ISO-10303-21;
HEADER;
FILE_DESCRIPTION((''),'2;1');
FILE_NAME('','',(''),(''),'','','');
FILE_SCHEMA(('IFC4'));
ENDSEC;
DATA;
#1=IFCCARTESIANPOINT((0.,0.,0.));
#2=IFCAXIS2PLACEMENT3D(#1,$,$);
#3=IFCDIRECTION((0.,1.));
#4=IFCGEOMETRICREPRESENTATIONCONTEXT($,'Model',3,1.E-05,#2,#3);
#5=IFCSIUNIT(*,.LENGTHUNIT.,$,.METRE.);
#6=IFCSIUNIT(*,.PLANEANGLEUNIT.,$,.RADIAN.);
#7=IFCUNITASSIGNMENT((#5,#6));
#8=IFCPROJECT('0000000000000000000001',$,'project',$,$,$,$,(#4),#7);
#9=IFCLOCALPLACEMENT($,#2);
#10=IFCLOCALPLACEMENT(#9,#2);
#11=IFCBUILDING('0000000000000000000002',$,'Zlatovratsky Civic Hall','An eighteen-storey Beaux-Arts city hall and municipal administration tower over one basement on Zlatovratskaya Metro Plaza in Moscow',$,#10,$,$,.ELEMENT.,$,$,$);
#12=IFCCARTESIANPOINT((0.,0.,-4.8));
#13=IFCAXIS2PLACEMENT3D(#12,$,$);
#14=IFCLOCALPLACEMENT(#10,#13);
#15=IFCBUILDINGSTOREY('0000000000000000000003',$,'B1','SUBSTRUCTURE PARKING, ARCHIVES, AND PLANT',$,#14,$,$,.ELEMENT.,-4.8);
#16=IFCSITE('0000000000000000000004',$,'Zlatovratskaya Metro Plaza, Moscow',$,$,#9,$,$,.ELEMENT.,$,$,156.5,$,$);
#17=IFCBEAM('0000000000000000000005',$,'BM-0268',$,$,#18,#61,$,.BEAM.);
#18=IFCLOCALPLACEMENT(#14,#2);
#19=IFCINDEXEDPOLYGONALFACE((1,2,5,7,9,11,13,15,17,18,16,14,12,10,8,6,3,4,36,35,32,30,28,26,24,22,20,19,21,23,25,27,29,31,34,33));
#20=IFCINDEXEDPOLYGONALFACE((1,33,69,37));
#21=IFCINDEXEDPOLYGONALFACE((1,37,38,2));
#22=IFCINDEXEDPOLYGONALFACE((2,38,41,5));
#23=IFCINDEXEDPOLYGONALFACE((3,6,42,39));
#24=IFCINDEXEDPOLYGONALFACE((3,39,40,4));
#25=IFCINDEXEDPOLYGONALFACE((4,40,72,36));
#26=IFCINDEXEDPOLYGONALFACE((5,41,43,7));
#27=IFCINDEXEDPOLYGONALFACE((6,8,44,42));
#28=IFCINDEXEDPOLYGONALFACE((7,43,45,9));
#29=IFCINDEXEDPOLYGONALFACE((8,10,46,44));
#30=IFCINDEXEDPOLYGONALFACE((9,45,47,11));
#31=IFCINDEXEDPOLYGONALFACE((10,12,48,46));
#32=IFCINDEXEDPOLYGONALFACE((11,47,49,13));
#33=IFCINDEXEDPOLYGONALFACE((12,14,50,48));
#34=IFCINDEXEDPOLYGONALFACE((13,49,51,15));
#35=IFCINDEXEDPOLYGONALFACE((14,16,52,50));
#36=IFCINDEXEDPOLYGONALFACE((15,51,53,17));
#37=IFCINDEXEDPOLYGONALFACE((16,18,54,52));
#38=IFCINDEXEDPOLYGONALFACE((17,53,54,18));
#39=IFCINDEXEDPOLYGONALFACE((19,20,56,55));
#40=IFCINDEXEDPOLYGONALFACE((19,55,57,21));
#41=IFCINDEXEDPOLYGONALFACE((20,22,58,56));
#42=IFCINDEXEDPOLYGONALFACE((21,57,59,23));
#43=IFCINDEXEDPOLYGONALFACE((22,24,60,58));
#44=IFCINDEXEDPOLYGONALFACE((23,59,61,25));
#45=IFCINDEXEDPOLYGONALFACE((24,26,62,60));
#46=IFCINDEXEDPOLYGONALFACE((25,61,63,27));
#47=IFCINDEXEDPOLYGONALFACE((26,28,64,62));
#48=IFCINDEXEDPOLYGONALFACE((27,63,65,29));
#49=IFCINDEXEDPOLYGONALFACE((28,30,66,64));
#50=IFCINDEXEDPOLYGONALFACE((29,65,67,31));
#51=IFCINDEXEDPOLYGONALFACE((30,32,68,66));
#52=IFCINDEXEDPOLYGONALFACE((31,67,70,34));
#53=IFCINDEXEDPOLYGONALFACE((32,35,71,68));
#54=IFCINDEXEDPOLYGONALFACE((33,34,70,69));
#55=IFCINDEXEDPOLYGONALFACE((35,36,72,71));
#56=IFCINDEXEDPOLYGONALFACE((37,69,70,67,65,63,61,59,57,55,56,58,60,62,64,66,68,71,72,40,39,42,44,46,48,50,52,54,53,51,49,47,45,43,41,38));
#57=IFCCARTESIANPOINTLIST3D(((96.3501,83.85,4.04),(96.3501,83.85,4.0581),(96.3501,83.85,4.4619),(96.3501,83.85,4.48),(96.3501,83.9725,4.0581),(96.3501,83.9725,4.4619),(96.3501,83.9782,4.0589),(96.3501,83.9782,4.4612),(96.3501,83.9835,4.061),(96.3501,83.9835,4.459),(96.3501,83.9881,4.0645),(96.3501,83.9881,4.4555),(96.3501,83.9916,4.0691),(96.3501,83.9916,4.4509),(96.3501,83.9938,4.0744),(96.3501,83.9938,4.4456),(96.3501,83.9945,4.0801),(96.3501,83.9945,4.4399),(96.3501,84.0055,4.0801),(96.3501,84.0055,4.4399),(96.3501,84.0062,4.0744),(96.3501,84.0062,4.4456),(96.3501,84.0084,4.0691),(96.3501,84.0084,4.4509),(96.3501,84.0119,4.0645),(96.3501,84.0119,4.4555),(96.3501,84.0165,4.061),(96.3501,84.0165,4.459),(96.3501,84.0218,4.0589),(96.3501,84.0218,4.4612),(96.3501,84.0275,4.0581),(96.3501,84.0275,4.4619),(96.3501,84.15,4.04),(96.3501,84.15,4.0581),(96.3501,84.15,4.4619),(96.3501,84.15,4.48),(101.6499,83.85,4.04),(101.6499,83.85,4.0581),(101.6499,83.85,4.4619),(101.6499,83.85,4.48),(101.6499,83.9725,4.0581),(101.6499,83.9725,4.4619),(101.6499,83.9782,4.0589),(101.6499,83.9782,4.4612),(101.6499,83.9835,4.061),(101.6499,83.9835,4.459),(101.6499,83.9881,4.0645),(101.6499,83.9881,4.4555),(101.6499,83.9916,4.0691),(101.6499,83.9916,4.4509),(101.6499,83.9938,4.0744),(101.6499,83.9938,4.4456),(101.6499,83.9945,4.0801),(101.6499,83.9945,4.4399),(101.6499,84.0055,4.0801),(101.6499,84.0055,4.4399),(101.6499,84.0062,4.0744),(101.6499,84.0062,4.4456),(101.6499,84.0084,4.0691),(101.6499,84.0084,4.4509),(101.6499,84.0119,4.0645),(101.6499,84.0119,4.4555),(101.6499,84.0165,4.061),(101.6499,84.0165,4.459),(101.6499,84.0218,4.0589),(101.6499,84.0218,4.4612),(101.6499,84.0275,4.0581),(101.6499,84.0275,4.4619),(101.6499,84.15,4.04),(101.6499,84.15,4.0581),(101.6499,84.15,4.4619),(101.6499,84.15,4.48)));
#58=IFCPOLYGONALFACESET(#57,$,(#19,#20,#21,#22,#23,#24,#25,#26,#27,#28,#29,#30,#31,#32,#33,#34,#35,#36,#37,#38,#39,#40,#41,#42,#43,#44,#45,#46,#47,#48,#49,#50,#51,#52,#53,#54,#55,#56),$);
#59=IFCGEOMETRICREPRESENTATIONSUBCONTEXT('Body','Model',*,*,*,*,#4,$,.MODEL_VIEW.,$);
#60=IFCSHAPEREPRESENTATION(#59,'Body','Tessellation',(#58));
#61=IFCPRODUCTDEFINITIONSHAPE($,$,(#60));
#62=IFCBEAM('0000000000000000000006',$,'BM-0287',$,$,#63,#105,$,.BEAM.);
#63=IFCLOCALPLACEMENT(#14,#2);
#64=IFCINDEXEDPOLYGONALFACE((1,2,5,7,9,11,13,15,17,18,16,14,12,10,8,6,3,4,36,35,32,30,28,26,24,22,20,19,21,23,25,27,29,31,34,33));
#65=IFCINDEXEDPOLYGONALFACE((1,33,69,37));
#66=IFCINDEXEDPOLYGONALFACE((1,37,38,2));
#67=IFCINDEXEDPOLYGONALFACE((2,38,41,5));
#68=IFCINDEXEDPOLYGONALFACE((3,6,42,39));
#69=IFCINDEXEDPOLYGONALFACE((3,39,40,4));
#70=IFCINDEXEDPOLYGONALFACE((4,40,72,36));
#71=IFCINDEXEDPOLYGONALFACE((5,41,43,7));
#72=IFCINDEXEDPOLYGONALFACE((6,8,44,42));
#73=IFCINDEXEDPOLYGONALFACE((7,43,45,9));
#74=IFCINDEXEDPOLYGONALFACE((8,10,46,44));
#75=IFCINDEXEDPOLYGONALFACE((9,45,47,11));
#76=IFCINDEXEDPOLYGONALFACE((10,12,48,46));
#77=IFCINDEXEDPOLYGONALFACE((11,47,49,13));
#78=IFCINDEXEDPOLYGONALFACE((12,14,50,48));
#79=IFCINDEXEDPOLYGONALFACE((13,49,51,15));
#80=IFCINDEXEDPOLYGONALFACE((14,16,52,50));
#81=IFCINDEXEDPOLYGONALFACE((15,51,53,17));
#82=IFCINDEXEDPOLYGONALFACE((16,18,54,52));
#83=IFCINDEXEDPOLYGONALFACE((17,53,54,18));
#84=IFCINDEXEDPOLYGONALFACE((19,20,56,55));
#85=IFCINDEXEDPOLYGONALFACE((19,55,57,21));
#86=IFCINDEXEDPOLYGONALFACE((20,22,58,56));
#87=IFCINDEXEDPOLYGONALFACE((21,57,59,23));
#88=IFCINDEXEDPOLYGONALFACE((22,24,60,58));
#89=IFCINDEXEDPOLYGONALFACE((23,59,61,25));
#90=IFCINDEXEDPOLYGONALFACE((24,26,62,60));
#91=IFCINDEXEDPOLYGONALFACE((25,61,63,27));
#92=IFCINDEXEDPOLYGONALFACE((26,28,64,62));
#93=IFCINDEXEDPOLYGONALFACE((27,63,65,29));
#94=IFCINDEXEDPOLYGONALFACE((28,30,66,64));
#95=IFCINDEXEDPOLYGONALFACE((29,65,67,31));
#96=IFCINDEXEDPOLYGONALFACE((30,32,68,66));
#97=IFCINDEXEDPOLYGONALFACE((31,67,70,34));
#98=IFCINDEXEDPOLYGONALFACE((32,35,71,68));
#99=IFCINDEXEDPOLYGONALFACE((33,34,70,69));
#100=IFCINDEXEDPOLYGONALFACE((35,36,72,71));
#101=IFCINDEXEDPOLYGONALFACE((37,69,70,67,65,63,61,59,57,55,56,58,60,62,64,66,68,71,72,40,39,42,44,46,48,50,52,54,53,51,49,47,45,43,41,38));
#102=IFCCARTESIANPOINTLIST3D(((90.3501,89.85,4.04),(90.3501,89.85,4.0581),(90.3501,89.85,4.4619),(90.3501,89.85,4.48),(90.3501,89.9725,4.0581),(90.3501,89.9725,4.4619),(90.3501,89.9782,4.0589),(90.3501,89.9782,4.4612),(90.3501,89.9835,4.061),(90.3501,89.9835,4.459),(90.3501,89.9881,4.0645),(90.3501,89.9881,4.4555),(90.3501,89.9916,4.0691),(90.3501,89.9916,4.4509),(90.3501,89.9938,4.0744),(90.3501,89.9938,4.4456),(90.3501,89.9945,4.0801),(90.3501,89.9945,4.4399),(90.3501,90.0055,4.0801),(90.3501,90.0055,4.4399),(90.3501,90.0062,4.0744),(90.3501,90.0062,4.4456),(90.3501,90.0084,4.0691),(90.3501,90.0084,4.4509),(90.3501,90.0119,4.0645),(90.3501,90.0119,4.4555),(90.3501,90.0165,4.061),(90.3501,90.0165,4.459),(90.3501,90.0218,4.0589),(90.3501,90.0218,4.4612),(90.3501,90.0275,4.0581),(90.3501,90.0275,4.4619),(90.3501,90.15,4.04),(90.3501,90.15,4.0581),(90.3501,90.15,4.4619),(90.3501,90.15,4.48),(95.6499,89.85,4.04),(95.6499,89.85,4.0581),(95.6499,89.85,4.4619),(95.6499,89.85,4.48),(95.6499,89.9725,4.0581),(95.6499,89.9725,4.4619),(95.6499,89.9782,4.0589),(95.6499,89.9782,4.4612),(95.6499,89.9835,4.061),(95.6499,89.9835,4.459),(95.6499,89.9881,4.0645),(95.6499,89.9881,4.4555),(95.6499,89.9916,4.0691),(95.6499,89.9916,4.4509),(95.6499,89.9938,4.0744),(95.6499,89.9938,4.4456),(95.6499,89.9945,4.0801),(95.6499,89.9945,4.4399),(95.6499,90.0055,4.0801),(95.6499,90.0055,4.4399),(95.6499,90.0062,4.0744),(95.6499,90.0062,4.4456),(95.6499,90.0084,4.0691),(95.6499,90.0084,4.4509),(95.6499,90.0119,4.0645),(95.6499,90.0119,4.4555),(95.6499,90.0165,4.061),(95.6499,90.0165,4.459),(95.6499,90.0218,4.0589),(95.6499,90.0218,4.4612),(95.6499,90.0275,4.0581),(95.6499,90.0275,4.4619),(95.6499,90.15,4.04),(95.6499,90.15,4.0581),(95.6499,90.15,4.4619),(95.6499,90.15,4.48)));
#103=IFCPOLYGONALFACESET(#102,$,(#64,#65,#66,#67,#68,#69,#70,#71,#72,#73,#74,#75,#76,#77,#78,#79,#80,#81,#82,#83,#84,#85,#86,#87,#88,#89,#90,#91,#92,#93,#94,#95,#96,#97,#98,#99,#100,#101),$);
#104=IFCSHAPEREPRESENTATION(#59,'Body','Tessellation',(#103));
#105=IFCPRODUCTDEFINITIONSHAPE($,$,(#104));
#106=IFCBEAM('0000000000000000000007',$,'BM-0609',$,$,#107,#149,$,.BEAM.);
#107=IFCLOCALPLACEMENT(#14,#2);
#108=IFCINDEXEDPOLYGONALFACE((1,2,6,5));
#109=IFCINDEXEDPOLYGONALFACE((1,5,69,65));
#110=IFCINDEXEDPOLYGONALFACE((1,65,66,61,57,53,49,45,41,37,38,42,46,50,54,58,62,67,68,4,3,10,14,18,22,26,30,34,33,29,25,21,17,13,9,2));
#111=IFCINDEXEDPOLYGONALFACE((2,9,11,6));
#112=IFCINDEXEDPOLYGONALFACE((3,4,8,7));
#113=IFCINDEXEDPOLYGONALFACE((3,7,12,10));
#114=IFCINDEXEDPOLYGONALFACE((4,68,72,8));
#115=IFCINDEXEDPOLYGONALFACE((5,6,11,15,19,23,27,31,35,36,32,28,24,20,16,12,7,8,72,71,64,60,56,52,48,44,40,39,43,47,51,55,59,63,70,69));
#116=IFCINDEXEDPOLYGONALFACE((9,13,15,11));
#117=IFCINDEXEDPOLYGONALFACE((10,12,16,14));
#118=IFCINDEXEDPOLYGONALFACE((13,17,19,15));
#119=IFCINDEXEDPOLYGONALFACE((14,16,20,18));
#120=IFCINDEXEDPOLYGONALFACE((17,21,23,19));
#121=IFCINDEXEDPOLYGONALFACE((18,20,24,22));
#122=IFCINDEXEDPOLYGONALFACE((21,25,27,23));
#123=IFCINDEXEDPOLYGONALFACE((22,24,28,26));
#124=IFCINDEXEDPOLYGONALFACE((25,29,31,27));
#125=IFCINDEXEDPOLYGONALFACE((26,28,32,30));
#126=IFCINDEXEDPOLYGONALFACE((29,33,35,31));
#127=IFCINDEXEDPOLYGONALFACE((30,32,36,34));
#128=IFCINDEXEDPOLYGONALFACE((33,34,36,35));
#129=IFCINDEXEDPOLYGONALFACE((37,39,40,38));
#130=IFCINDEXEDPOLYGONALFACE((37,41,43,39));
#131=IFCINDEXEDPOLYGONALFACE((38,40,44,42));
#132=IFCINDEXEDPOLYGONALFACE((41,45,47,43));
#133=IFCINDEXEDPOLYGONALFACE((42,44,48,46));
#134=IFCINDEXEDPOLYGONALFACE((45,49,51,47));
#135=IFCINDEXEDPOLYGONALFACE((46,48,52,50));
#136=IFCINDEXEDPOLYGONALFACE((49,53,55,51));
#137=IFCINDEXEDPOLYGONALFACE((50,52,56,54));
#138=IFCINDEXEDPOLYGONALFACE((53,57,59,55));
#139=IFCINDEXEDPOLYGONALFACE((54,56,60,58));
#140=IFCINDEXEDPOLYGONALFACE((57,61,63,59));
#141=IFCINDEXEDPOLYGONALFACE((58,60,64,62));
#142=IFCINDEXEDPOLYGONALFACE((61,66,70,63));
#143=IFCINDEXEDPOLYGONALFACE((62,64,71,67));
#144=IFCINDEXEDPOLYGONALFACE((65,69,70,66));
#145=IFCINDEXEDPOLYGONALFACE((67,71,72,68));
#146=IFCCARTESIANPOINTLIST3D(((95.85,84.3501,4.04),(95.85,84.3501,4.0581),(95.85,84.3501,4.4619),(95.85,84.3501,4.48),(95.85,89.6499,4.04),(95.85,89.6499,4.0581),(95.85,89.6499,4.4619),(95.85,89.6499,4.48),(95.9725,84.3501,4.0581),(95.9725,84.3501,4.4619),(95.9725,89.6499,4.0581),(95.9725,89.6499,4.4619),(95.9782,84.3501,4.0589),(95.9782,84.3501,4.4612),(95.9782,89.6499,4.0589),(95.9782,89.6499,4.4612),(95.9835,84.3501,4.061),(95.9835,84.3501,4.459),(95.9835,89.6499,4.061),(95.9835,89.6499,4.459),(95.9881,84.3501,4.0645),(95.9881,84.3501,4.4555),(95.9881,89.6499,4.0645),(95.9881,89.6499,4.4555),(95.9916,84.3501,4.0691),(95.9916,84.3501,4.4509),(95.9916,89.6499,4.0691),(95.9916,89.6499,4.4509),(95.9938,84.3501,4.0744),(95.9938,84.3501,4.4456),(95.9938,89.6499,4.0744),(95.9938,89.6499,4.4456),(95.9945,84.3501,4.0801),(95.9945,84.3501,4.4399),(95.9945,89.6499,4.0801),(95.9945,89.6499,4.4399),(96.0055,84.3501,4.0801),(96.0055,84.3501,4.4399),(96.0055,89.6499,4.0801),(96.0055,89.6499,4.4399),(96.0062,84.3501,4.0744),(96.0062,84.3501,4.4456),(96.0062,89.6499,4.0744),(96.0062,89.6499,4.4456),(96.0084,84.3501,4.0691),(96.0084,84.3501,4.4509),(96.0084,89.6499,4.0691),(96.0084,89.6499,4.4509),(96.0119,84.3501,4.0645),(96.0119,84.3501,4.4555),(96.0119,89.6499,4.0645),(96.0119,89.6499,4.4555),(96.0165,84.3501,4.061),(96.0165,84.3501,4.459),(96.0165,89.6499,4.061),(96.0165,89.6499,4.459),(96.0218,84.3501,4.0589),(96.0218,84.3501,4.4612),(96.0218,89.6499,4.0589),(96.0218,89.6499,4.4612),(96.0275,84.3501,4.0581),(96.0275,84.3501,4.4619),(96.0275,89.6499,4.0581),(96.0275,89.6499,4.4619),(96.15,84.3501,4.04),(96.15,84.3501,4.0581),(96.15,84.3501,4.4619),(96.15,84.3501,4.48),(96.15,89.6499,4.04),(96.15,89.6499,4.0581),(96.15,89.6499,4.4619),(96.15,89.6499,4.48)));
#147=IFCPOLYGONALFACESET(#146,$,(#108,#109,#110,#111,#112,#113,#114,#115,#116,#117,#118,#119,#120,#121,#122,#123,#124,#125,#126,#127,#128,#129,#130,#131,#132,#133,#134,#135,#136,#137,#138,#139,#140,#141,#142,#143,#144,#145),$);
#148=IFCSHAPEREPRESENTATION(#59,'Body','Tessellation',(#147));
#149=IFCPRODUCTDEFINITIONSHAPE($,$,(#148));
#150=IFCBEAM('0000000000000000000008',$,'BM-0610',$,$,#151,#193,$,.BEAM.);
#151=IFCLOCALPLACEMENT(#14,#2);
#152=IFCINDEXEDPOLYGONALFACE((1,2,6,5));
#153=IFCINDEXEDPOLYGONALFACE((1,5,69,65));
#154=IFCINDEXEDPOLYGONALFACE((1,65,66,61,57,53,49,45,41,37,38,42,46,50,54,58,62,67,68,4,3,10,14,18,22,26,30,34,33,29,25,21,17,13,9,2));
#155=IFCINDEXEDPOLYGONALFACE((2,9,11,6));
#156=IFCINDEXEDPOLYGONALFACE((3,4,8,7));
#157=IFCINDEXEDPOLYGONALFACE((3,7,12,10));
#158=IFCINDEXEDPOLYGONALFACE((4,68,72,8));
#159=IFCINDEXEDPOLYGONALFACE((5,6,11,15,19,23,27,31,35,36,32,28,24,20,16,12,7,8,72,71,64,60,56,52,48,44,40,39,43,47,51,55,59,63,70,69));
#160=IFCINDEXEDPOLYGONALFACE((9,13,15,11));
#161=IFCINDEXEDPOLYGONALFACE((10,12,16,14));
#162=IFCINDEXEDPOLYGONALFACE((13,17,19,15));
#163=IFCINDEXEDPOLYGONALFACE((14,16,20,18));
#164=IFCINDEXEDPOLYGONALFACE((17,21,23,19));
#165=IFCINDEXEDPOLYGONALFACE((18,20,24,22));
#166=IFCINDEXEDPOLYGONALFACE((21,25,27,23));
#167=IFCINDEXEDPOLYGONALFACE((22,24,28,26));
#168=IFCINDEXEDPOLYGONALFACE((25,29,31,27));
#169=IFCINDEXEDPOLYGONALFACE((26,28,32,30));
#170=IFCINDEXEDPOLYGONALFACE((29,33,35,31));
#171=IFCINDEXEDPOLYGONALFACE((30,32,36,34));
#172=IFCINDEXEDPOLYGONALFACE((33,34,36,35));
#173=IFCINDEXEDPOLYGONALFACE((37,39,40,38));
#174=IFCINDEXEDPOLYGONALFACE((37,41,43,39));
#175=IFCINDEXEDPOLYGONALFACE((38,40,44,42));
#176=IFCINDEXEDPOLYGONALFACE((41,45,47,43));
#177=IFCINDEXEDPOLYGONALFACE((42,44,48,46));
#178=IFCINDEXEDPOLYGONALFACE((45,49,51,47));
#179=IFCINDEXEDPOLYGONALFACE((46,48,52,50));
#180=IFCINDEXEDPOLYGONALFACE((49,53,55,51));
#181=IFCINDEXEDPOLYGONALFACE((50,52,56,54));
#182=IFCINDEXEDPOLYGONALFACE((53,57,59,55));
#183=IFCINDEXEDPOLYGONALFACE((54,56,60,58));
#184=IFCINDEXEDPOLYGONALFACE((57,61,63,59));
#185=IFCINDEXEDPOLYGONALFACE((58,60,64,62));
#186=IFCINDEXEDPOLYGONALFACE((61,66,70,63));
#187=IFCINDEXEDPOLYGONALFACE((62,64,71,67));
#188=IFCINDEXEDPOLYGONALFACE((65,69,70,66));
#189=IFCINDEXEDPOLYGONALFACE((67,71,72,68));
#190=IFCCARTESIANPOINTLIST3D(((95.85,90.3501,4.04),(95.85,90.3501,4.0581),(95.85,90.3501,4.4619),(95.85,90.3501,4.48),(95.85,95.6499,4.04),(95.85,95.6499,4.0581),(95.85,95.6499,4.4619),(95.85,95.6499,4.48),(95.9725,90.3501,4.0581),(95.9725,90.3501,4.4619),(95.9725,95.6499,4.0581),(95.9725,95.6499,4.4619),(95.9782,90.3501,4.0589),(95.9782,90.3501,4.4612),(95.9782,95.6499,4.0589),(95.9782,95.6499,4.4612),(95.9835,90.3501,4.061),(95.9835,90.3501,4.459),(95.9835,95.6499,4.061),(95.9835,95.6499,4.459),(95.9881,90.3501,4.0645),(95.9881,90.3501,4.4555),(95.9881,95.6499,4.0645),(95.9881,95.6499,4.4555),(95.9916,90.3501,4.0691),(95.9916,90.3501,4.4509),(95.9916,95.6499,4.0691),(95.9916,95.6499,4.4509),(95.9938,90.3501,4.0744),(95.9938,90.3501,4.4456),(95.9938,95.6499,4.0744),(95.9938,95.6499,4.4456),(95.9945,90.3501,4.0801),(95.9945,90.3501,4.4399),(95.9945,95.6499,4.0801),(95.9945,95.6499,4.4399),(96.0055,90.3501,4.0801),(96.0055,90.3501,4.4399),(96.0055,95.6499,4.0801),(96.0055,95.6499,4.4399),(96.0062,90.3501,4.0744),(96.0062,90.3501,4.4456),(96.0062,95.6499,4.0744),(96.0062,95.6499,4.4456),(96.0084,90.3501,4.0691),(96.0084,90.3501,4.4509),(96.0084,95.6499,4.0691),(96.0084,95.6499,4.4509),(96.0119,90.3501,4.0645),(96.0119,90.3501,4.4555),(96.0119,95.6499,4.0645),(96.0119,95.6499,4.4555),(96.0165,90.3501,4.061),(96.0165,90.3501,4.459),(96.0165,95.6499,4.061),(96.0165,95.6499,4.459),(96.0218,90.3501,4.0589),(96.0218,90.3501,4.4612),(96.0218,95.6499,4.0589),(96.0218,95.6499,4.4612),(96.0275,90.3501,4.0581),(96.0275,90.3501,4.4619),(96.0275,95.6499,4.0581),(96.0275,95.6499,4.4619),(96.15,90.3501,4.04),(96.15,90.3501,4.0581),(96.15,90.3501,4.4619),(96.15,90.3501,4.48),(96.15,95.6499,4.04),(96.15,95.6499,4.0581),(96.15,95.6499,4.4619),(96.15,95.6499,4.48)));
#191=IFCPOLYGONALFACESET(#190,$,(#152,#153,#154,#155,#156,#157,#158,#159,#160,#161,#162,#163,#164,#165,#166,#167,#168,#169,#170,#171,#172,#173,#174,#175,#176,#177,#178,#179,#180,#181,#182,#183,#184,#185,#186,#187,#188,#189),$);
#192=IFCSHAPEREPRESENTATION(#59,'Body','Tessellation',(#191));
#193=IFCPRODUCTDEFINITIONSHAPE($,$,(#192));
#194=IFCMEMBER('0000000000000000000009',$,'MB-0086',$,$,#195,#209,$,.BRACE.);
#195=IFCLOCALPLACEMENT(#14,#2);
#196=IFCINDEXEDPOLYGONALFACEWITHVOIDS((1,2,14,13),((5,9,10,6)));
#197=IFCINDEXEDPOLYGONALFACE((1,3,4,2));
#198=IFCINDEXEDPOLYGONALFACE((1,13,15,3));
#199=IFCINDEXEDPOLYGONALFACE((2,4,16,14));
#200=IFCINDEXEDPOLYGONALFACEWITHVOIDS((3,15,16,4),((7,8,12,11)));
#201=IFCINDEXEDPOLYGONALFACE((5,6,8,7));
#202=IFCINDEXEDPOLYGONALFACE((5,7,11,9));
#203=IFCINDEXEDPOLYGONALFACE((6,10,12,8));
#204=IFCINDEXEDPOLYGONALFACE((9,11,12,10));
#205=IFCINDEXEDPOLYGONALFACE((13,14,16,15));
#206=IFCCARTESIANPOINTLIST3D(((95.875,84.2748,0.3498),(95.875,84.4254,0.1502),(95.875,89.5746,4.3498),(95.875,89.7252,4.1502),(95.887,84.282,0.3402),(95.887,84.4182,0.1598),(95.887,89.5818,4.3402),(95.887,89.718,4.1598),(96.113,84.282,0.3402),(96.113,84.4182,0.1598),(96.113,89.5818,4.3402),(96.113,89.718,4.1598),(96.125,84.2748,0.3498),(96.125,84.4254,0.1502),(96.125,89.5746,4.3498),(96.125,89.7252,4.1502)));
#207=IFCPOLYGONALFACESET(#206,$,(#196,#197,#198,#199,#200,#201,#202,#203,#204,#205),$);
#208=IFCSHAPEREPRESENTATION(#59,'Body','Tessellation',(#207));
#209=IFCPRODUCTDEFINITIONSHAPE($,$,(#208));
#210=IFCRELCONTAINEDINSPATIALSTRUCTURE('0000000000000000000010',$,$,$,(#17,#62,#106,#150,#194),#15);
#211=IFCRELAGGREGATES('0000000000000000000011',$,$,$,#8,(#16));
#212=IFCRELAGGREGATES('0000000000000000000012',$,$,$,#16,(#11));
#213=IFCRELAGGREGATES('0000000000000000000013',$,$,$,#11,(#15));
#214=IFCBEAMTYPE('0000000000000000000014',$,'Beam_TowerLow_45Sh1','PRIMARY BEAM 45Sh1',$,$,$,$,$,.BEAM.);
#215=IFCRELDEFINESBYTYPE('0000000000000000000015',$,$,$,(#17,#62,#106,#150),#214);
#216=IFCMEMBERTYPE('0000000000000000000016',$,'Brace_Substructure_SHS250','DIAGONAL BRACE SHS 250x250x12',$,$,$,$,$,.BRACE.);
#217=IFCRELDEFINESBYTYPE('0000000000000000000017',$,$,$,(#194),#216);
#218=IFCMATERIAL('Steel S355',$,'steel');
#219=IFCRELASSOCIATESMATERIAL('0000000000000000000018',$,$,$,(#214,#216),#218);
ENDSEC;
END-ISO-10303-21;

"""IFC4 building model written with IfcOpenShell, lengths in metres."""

from ifc_helpers import new_model, si_unit, direction, frame, origin, origin_2d, place, context, subcontext, project, spatial, hollow_rectangle, i_section, extrude, material, material_profile, profile_set, type_object, element, save


model = new_model("IFC4")

# Units and contexts
model_context = context("Model", 3, precision=1e-05, world=origin(), true_north=direction((0.0, 1.0)))
body_context = subcontext(model_context, "Body", "Model", "MODEL_VIEW")
ifc_project = project(units=[si_unit("LENGTHUNIT", "METRE"), si_unit("PLANEANGLEUNIT", "RADIAN")], contexts=[model_context])

# Site, building, storey
site_placement = place(None, origin())
site = spatial("IfcSite", under=ifc_project, at=site_placement, Name="Zlatovratskaya Metro Plaza, Moscow", CompositionType="ELEMENT", RefElevation=156.5)
building_placement = place(site_placement, origin())
building = spatial("IfcBuilding", under=site, at=building_placement, Name="Zlatovratsky Civic Hall", Description="An eighteen-storey Beaux-Arts city hall and municipal administration tower over one basement on Zlatovratskaya Metro Plaza in Moscow", CompositionType="ELEMENT")
storey_placement = place(building_placement, frame((0.0, 0.0, -4.8)))
storey = spatial("IfcBuildingStorey", under=building, at=storey_placement, Name="B1", Description="SUBSTRUCTURE PARKING, ARCHIVES, AND PLANT", CompositionType="ELEMENT", Elevation=-4.8)

# Beams
ifc_material_1 = material(Name="Steel S355", Category="steel")
ifc_material_profile_1 = material_profile(ifc_material_1, i_section(OverallWidth=0.3, OverallDepth=0.4399, WebThickness=0.011, FlangeThickness=0.0181, FilletRadius=0.022, at=origin_2d()), Name="45Sh1")
ifc_profile_set_1 = profile_set([ifc_material_profile_1], Name="Steel S355")
beam_type = type_object("IfcBeamType", Name="Beam_TowerLow_45Sh1", Description="PRIMARY BEAM 45Sh1", PredefinedType="BEAM", material=ifc_profile_set_1)
for number, where, z_axis, x_axis, name in (
    (1, (96.3501, 84.0, 4.26), (1.0, 0.0, 0.0), (0.0, 1.0, 0.0), "BM-0268"),
    (2, (90.3501, 90.0, 4.26), (1.0, 0.0, 0.0), (0.0, 1.0, 0.0), "BM-0287"),
    (3, (96.0, 84.3501, 4.26), (0.0, 1.0, 0.0), (-1.0, 0.0, 0.0), "BM-0609"),
    (4, (96.0, 90.3501, 4.26), (0.0, 1.0, 0.0), (-1.0, 0.0, 0.0), "BM-0610"),
):
    element("IfcBeam", number, at=place(storey_placement, frame(where, z_axis=z_axis, x_axis=x_axis)), inside=storey, type_object=beam_type, Name=name, PredefinedType="BEAM", context=body_context, shape_type="SweptSolid", body=[
        extrude(i_section(OverallWidth=0.3, OverallDepth=0.4399, WebThickness=0.011, FlangeThickness=0.0181, FilletRadius=0.022, at=origin_2d()), origin(), (0.0, 0.0, 1.0), 5.2998),
    ])

# Member
ifc_material_profile_2 = material_profile(ifc_material_1, hollow_rectangle(XDim=0.25, YDim=0.25, WallThickness=0.012, at=origin_2d()), Name="SHS 250x250x12")
ifc_profile_set_2 = profile_set([ifc_material_profile_2], Name="Steel S355")
member_type = type_object("IfcMemberType", Name="Brace_Substructure_SHS250", Description="DIAGONAL BRACE SHS 250x250x12", PredefinedType="BRACE", material=ifc_profile_set_2)
for number, where, z_axis, x_axis, name in (
    (5, (96.0, 84.3501, 0.25), (0.0, 0.798178, 0.602421), (-1.0, 0.0, 0.0), "MB-0086"),
):
    element("IfcMember", number, at=place(storey_placement, frame(where, z_axis=z_axis, x_axis=x_axis)), inside=storey, type_object=member_type, Name=name, PredefinedType="BRACE", context=body_context, shape_type="SweptSolid", body=[
        extrude(hollow_rectangle(XDim=0.25, YDim=0.25, WallThickness=0.012, at=origin_2d()), origin(), (0.0, 0.0, 1.0), 6.6399),
    ])

save(model, "model.ifc")
